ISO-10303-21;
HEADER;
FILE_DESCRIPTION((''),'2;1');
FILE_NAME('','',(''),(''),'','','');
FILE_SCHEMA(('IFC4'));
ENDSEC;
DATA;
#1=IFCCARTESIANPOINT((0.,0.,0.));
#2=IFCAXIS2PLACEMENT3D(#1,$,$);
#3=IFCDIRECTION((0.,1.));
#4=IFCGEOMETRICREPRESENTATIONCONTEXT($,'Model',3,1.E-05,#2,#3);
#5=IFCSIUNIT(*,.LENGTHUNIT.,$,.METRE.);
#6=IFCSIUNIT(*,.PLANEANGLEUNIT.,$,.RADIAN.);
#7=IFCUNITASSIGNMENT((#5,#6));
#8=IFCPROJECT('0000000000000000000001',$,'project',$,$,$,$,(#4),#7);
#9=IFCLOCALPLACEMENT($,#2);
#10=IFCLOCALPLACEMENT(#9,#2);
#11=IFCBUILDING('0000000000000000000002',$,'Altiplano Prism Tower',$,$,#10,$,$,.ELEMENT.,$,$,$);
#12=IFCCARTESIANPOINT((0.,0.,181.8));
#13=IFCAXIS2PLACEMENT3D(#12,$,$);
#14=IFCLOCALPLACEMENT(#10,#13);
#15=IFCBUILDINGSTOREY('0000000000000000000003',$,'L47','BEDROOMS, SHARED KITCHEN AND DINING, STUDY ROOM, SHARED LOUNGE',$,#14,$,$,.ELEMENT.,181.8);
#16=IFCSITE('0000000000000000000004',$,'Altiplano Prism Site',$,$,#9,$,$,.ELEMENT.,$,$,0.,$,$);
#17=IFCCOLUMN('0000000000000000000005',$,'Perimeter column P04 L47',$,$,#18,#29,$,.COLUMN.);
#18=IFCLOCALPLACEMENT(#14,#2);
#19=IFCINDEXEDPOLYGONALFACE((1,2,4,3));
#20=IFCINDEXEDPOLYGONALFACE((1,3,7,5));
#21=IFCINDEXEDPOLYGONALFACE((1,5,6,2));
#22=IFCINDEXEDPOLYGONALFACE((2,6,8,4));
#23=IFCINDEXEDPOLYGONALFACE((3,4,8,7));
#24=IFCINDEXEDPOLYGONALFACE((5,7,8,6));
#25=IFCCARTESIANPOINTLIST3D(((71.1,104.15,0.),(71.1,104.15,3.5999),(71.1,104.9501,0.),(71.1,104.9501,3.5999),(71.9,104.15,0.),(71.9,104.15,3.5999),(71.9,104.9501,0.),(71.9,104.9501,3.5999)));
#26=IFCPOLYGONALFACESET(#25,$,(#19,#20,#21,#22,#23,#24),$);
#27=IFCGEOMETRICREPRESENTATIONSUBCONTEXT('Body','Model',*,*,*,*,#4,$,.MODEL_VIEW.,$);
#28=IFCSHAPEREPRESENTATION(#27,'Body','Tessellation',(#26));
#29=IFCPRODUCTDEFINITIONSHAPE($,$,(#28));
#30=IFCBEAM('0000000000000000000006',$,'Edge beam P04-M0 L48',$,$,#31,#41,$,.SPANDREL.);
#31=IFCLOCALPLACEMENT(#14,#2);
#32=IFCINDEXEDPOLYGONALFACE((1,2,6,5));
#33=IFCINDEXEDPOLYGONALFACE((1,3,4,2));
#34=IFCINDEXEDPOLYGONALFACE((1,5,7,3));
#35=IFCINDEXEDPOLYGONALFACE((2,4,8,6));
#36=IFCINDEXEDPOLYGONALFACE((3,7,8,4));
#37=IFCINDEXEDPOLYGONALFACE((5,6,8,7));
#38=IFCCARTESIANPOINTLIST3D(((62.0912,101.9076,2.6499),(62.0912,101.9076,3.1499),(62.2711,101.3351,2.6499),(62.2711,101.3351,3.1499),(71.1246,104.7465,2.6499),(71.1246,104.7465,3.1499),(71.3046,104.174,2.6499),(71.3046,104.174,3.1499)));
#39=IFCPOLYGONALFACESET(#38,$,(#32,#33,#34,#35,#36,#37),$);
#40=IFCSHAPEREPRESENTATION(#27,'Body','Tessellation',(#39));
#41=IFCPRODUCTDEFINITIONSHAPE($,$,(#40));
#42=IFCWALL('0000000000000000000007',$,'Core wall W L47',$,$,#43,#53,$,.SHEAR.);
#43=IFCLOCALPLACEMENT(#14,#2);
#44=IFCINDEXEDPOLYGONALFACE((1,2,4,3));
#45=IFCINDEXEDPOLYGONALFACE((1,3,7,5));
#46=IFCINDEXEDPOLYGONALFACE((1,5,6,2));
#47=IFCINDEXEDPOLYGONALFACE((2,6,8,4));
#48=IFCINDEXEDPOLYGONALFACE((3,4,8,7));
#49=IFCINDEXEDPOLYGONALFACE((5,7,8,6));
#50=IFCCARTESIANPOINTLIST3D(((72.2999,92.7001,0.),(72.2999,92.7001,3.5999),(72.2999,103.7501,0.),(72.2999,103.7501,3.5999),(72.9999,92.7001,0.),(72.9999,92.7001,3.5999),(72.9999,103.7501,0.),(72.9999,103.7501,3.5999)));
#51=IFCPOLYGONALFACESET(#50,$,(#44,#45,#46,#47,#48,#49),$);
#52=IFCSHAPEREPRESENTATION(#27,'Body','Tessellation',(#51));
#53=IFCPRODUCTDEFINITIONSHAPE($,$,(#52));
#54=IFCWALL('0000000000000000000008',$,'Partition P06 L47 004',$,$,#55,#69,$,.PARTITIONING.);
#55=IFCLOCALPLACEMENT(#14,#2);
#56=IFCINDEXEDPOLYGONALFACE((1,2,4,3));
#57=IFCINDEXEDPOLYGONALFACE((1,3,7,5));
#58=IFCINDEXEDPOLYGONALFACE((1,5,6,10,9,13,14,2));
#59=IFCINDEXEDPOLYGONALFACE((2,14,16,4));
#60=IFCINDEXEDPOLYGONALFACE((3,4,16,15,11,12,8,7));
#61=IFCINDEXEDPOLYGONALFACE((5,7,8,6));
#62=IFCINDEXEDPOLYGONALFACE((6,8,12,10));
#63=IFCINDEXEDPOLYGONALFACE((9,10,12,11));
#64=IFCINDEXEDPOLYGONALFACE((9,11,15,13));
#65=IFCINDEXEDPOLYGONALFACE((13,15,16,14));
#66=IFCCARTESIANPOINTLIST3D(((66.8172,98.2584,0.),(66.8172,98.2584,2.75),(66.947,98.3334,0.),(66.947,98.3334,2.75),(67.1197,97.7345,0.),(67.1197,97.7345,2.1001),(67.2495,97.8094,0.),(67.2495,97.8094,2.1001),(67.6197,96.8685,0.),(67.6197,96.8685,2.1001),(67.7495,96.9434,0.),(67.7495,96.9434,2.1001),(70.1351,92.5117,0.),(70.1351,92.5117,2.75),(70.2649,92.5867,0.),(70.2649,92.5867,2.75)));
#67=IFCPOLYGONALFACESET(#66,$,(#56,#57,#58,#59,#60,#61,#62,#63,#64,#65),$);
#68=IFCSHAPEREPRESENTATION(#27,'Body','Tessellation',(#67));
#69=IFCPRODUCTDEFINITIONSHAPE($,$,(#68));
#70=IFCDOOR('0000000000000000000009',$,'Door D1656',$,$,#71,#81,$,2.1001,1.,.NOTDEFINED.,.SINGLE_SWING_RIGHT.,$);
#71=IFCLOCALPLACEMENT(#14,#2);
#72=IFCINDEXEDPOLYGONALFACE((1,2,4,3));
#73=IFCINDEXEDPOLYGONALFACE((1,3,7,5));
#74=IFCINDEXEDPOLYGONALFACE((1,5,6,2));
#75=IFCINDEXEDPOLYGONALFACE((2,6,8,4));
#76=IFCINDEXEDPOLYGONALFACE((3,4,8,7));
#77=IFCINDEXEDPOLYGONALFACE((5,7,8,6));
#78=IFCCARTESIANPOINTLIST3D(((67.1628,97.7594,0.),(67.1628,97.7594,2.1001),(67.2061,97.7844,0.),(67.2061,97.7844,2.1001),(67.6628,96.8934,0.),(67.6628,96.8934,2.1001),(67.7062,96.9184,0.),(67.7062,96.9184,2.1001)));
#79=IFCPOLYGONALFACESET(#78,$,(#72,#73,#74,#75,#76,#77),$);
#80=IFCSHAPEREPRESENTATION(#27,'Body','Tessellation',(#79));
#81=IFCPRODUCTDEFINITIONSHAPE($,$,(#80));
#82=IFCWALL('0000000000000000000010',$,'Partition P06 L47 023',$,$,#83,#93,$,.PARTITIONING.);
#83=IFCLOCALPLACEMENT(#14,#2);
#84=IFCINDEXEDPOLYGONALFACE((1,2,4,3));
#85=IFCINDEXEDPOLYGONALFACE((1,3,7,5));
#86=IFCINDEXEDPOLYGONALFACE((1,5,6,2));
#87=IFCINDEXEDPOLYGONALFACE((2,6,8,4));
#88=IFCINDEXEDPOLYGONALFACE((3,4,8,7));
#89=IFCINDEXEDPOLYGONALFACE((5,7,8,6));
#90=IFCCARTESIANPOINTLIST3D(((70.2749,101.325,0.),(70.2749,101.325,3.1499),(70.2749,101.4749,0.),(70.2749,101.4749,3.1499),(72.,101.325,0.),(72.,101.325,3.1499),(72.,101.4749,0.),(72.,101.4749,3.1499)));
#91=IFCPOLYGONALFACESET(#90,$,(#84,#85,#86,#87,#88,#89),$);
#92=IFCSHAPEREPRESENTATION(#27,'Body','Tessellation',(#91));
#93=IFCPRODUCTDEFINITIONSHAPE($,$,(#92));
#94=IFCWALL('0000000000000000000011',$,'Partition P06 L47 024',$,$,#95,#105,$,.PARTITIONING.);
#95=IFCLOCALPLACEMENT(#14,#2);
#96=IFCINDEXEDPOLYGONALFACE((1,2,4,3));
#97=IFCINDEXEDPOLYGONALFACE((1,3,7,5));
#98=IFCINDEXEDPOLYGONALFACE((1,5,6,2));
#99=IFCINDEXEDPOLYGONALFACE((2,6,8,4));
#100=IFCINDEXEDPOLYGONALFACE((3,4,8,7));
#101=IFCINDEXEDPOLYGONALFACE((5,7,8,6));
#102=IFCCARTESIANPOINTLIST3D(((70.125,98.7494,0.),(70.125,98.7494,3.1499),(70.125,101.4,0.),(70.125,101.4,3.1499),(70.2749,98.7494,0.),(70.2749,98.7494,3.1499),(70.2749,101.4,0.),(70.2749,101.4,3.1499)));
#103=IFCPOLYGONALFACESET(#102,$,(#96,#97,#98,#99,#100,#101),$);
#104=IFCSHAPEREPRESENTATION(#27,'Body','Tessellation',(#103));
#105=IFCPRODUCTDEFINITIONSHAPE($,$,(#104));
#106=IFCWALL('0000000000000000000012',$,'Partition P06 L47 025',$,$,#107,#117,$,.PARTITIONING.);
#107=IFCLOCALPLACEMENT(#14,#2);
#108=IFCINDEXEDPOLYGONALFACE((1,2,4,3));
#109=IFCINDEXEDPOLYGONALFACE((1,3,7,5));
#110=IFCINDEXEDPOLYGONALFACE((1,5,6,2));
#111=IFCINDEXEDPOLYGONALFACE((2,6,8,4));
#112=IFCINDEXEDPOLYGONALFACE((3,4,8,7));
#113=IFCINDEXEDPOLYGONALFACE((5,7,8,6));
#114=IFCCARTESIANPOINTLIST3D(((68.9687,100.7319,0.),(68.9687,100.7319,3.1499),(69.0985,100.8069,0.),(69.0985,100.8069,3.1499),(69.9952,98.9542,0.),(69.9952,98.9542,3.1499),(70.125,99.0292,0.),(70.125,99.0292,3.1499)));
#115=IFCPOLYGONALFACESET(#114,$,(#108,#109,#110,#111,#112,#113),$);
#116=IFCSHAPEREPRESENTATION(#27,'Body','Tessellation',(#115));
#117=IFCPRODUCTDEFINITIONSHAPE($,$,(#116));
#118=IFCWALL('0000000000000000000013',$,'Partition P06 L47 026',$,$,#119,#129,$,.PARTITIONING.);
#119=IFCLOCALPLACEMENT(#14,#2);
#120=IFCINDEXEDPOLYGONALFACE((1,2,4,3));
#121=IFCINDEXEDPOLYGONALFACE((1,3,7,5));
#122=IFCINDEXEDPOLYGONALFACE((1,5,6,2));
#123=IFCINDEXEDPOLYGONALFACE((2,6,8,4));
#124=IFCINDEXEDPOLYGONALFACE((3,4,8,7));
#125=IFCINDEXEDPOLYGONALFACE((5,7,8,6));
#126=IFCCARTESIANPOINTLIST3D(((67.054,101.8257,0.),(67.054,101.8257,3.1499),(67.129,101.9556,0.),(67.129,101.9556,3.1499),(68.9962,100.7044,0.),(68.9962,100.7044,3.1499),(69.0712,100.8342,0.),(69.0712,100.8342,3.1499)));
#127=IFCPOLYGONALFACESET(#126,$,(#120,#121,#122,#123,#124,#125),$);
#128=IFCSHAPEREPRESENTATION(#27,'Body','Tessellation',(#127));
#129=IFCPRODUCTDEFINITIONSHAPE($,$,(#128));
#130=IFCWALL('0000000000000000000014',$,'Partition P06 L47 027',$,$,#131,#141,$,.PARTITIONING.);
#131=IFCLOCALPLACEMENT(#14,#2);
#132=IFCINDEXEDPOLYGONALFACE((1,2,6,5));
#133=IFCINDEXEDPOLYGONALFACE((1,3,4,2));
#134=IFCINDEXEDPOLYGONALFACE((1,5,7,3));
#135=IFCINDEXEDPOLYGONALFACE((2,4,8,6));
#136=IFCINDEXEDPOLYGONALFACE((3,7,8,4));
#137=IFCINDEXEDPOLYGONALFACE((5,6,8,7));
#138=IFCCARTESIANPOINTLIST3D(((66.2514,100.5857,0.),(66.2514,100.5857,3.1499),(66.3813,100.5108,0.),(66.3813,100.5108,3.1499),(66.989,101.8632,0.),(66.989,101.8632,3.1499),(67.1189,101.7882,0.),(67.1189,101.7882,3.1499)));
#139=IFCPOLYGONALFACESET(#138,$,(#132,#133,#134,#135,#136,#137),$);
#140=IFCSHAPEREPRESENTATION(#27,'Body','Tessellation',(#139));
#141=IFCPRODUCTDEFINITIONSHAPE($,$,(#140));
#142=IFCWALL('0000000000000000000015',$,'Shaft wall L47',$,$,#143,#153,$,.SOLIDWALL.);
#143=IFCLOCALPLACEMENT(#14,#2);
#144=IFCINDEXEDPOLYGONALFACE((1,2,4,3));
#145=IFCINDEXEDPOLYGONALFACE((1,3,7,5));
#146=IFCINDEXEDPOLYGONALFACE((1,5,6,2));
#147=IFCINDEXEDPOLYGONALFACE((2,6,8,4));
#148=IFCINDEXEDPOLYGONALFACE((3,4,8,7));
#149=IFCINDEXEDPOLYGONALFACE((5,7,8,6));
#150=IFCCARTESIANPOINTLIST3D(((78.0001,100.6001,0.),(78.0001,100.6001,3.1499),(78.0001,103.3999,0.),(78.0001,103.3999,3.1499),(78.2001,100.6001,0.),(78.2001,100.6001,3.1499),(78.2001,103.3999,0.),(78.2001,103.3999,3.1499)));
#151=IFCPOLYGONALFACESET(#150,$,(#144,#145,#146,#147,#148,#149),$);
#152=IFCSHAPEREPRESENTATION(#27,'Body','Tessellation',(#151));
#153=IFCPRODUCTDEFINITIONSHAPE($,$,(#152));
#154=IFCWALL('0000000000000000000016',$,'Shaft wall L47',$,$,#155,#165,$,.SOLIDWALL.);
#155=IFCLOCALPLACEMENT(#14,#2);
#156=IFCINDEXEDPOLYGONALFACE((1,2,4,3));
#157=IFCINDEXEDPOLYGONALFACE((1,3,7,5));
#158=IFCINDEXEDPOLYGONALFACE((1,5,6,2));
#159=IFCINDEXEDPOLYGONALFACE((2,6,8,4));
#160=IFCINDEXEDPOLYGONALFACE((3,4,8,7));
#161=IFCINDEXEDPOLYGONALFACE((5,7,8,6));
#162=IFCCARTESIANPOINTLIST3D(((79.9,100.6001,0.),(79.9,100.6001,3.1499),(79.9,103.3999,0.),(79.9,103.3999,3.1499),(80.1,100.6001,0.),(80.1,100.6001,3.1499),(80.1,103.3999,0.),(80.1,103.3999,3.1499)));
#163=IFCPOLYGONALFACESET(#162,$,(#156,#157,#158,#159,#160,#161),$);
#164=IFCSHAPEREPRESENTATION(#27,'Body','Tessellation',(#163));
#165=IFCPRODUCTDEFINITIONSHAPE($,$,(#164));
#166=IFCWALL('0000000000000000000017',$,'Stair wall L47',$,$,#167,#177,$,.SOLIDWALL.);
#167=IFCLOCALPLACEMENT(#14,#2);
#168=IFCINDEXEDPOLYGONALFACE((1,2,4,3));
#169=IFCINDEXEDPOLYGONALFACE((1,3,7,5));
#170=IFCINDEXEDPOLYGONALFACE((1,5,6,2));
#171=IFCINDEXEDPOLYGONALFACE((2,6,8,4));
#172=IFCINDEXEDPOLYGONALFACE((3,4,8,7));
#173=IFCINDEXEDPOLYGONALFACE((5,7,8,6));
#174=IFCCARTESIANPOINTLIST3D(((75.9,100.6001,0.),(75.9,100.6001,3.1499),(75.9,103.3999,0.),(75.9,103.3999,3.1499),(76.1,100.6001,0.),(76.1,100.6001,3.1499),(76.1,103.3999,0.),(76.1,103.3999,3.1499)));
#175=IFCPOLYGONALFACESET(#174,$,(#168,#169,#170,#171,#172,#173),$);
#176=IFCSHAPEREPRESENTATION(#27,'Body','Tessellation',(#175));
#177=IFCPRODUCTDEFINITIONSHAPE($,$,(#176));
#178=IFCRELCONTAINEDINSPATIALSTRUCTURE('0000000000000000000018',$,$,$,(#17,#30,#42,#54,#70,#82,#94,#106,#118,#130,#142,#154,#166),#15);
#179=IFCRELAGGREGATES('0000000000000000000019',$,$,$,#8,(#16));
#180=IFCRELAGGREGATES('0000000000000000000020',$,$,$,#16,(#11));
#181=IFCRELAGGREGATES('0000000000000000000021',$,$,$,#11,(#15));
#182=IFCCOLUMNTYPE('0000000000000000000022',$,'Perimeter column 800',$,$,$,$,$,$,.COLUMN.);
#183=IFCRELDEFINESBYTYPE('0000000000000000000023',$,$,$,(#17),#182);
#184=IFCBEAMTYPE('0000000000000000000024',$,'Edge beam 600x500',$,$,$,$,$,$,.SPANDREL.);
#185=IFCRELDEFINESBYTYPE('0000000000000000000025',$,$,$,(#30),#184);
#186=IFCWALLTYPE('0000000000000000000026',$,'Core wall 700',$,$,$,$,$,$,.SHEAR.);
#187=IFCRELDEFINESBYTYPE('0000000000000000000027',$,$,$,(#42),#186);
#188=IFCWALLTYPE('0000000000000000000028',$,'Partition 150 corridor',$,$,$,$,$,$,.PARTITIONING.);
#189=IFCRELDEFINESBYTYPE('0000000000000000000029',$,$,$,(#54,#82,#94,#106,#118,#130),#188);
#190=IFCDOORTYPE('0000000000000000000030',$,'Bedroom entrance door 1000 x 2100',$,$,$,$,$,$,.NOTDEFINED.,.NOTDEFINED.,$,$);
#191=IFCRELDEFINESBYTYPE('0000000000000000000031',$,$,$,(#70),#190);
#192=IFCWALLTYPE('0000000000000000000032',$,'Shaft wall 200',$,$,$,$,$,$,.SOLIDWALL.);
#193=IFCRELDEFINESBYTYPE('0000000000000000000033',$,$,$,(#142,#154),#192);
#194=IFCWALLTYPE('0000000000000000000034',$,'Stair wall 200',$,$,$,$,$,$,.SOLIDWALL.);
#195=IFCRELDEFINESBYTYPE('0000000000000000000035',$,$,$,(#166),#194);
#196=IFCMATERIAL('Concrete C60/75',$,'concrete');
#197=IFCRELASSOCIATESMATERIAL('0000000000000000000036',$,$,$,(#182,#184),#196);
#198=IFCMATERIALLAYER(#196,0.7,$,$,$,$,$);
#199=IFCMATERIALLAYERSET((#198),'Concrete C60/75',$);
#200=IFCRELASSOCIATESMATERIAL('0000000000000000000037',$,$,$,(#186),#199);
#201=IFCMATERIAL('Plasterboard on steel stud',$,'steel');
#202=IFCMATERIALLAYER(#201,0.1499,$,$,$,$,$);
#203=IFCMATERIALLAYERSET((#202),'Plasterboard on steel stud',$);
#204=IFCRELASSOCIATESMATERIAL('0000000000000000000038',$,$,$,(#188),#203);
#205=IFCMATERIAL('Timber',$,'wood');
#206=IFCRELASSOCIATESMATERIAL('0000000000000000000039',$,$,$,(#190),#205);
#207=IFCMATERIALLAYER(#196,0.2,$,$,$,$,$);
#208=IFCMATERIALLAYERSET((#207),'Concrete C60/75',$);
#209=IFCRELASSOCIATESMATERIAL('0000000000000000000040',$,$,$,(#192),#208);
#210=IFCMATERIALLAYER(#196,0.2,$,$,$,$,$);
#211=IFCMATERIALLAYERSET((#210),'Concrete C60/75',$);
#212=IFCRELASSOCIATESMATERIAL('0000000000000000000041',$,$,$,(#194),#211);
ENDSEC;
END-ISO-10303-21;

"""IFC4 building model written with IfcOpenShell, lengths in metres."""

from ifc_helpers import new_model, si_unit, direction, frame, frame_2d, origin, origin_2d, place, context, subcontext, project, spatial, rectangle, extrude, material, layer, layer_set, material_profile, profile_set, type_object, element, fill, save


model = new_model("IFC4")

# Units and contexts
model_context = context("Model", 3, precision=1e-05, world=origin(), true_north=direction((0.0, 1.0)))
body_context = subcontext(model_context, "Body", "Model", "MODEL_VIEW")
ifc_project = project(units=[si_unit("LENGTHUNIT", "METRE"), si_unit("PLANEANGLEUNIT", "RADIAN")], contexts=[model_context])

# Site, building, storey
site_placement = place(None, origin())
site = spatial("IfcSite", under=ifc_project, at=site_placement, Name="Altiplano Prism Site", CompositionType="ELEMENT", RefElevation=0.0)
building_placement = place(site_placement, origin())
building = spatial("IfcBuilding", under=site, at=building_placement, Name="Altiplano Prism Tower", CompositionType="ELEMENT")
storey_placement = place(building_placement, frame((0.0, 0.0, 181.8)))
storey = spatial("IfcBuildingStorey", under=building, at=storey_placement, Name="L47", Description="BEDROOMS, SHARED KITCHEN AND DINING, STUDY ROOM, SHARED LOUNGE", CompositionType="ELEMENT", Elevation=181.8)

# Column
ifc_material_1 = material(Name="Concrete C60/75", Category="concrete")
ifc_material_profile_1 = material_profile(ifc_material_1, rectangle(XDim=0.8, YDim=0.8, at=origin_2d()), Name="Perimeter column 800")
ifc_profile_set_1 = profile_set([ifc_material_profile_1], Name="Concrete C60/75")
column_type = type_object("IfcColumnType", Name="Perimeter column 800", PredefinedType="COLUMN", material=ifc_profile_set_1)
column_placement = place(storey_placement, frame((71.5, 104.55, 0.0), z_axis=(0.0, 0.0, 1.0), x_axis=(1.0, 0.0, 0.0)))
element("IfcColumn", 1, at=column_placement, inside=storey, type_object=column_type, Name="Perimeter column P04 L47", PredefinedType="COLUMN", context=body_context, shape_type="SweptSolid", body=[
    extrude(rectangle(XDim=0.8, YDim=0.8, at=origin_2d()), origin(), (0.0, 0.0, 1.0), 3.5999),
])

# Beam
ifc_material_profile_2 = material_profile(ifc_material_1, rectangle(XDim=0.6001, YDim=0.5, at=origin_2d()), Name="Edge beam 600x500")
ifc_profile_set_2 = profile_set([ifc_material_profile_2], Name="Concrete C60/75")
beam_type = type_object("IfcBeamType", Name="Edge beam 600x500", PredefinedType="SPANDREL", material=ifc_profile_set_2)
beam_placement = place(storey_placement, frame((71.2146, 104.4602, 2.8999), z_axis=(-0.954, -0.299806, 0.0), x_axis=(0.299806, -0.954, 0.0)))
element("IfcBeam", 2, at=beam_placement, inside=storey, type_object=beam_type, Name="Edge beam P04-M0 L48", PredefinedType="SPANDREL", context=body_context, shape_type="SweptSolid", body=[
    extrude(rectangle(XDim=0.6001, YDim=0.5, at=origin_2d()), origin(), (0.0, 0.0, 1.0), 9.469),
])

# Wall
ifc_layer_1 = layer(ifc_material_1, 0.7)
ifc_layer_set_1 = layer_set([ifc_layer_1], Name="Concrete C60/75")
wall_type_1 = type_object("IfcWallType", Name="Core wall 700", PredefinedType="SHEAR", material=ifc_layer_set_1)
wall_1_placement = place(storey_placement, frame((72.6499, 103.75, 0.0), z_axis=(0.0, 0.0, 1.0), x_axis=(0.0, -1.0, 0.0)))
element("IfcWall", 3, at=wall_1_placement, inside=storey, type_object=wall_type_1, Name="Core wall W L47", PredefinedType="SHEAR", context=body_context, shape_type="SweptSolid", body=[
    extrude(rectangle(XDim=11.05, YDim=0.7, at=frame_2d((5.5249, 0.0))), origin(), (0.0, 0.0, 1.0), 3.5999),
])

# Wall, opening, door
ifc_material_2 = material(Name="Plasterboard on steel stud", Category="steel")
ifc_layer_2 = layer(ifc_material_2, 0.1499)
ifc_layer_set_2 = layer_set([ifc_layer_2], Name="Plasterboard on steel stud")
wall_type_2 = type_object("IfcWallType", Name="Partition 150 corridor", PredefinedType="PARTITIONING", material=ifc_layer_set_2)
wall_2_placement = place(storey_placement, frame((66.8821, 98.2959, 0.0), z_axis=(0.0, 0.0, 1.0), x_axis=(0.500009, -0.86602, 0.0)))
wall_2 = element("IfcWall", 4, at=wall_2_placement, inside=storey, type_object=wall_type_2, Name="Partition P06 L47 004", PredefinedType="PARTITIONING", context=body_context, shape_type="SweptSolid", body=[
    extrude(rectangle(XDim=6.6357, YDim=0.1499, at=frame_2d((3.3179, 0.0))), origin(), (0.0, 0.0, 1.0), 2.75),
])
opening_1_placement = place(wall_2_placement, frame((0.605, 0.0, 0.0)))
opening_1 = element("IfcOpeningElement", 5, at=opening_1_placement, cuts=wall_2, PredefinedType="OPENING", context=body_context, shape_type="SweptSolid", body=[
    extrude(rectangle(XDim=1.0, YDim=2.1001, at=frame_2d((0.5, 1.05))), frame((0.0, 0.0854, 0.0), z_axis=(0.0, -1.0, 0.0), x_axis=(1.0, 0.0, 0.0)), (0.0, 0.0, 1.0), 0.1709),
])
ifc_material_3 = material(Name="Timber", Category="wood")
door_type_1 = type_object("IfcDoorType", Name="Bedroom entrance door 1000 x 2100", OperationType="NOTDEFINED", PredefinedType="NOTDEFINED", material=ifc_material_3)
door_1_placement = place(opening_1_placement, origin())
door_1 = element("IfcDoor", 6, at=door_1_placement, inside=storey, type_object=door_type_1, Name="Door D1656", OperationType="SINGLE_SWING_RIGHT", OverallHeight=2.1001, OverallWidth=1.0, PredefinedType="NOTDEFINED", context=body_context, shape_type="SweptSolid", body=[
    extrude(rectangle(XDim=1.0, YDim=2.1001, at=frame_2d((0.5, 1.05))), frame((0.0, 0.0249, 0.0), z_axis=(0.0, -1.0, 0.0), x_axis=(1.0, 0.0, 0.0)), (0.0, 0.0, 1.0), 0.05),
])
fill(opening_1, door_1)

# Walls
wall_3_placement = place(storey_placement, frame((72.0, 101.3999, 0.0), z_axis=(0.0, 0.0, 1.0), x_axis=(-1.0, 0.0, 0.0)))
element("IfcWall", 7, at=wall_3_placement, inside=storey, type_object=wall_type_2, Name="Partition P06 L47 023", PredefinedType="PARTITIONING", context=body_context, shape_type="SweptSolid", body=[
    extrude(rectangle(XDim=1.7251, YDim=0.1499, at=frame_2d((0.8625, 0.0))), origin(), (0.0, 0.0, 1.0), 3.1499),
])
wall_4_placement = place(storey_placement, frame((70.2, 101.3999, 0.0), z_axis=(0.0, 0.0, 1.0), x_axis=(0.0, -1.0, 0.0)))
element("IfcWall", 8, at=wall_4_placement, inside=storey, type_object=wall_type_2, Name="Partition P06 L47 024", PredefinedType="PARTITIONING", context=body_context, shape_type="SweptSolid", body=[
    extrude(rectangle(XDim=2.6506, YDim=0.1499, at=frame_2d((1.3252, 0.0))), origin(), (0.0, 0.0, 1.0), 3.1499),
])
wall_5_placement = place(storey_placement, frame((70.0601, 98.9917, 0.0), z_axis=(0.0, 0.0, 1.0), x_axis=(-0.500028, 0.866009, 0.0)))
element("IfcWall", 9, at=wall_5_placement, inside=storey, type_object=wall_type_2, Name="Partition P06 L47 025", PredefinedType="PARTITIONING", context=body_context, shape_type="SweptSolid", body=[
    extrude(rectangle(XDim=2.0527, YDim=0.1499, at=frame_2d((1.0264, 0.0))), origin(), (0.0, 0.0, 1.0), 3.1499),
])
wall_6_placement = place(storey_placement, frame((69.0337, 100.7693, 0.0), z_axis=(0.0, 0.0, 1.0), x_axis=(-0.866017, 0.500015, 0.0)))
element("IfcWall", 10, at=wall_6_placement, inside=storey, type_object=wall_type_2, Name="Partition P06 L47 026", PredefinedType="PARTITIONING", context=body_context, shape_type="SweptSolid", body=[
    extrude(rectangle(XDim=2.2427, YDim=0.1499, at=frame_2d((1.1213, 0.0))), origin(), (0.0, 0.0, 1.0), 3.1499),
])
wall_7_placement = place(storey_placement, frame((67.054, 101.8257, 0.0), z_axis=(0.0, 0.0, 1.0), x_axis=(-0.500038, -0.866004, 0.0)))
element("IfcWall", 11, at=wall_7_placement, inside=storey, type_object=wall_type_2, Name="Partition P06 L47 027", PredefinedType="PARTITIONING", context=body_context, shape_type="SweptSolid", body=[
    extrude(rectangle(XDim=1.4751, YDim=0.1499, at=frame_2d((0.7375, 0.0))), origin(), (0.0, 0.0, 1.0), 3.1499),
])
ifc_layer_3 = layer(ifc_material_1, 0.2)
ifc_layer_set_3 = layer_set([ifc_layer_3], Name="Concrete C60/75")
wall_type_3 = type_object("IfcWallType", Name="Shaft wall 200", PredefinedType="SOLIDWALL", material=ifc_layer_set_3)
for number, where, z_axis, x_axis, name in (
    (12, (78.1001, 100.6001, 0.0), (0.0, 0.0, 1.0), (0.0, 1.0, 0.0), "Shaft wall L47"),
    (13, (80.0, 100.6001, 0.0), (0.0, 0.0, 1.0), (0.0, 1.0, 0.0), "Shaft wall L47"),
):
    element("IfcWall", number, at=place(storey_placement, frame(where, z_axis=z_axis, x_axis=x_axis)), inside=storey, type_object=wall_type_3, Name=name, PredefinedType="SOLIDWALL", context=body_context, shape_type="SweptSolid", body=[
        extrude(rectangle(XDim=2.7998, YDim=0.2, at=frame_2d((1.3999, 0.0))), origin(), (0.0, 0.0, 1.0), 3.1499),
    ])

# Shared definitions
ifc_layer_4 = layer(ifc_material_1, 0.2)
ifc_layer_set_4 = layer_set([ifc_layer_4], Name="Concrete C60/75")
wall_type_4 = type_object("IfcWallType", Name="Stair wall 200", PredefinedType="SOLIDWALL", material=ifc_layer_set_4)

# Wall
wall_8_placement = place(storey_placement, frame((76.0, 100.6001, 0.0), z_axis=(0.0, 0.0, 1.0), x_axis=(0.0, 1.0, 0.0)))
element("IfcWall", 14, at=wall_8_placement, inside=storey, type_object=wall_type_4, Name="Stair wall L47", PredefinedType="SOLIDWALL", context=body_context, shape_type="SweptSolid", body=[
    extrude(rectangle(XDim=2.7998, YDim=0.2, at=frame_2d((1.3999, 0.0))), origin(), (0.0, 0.0, 1.0), 3.1499),
])

save(model, "model.ifc")
